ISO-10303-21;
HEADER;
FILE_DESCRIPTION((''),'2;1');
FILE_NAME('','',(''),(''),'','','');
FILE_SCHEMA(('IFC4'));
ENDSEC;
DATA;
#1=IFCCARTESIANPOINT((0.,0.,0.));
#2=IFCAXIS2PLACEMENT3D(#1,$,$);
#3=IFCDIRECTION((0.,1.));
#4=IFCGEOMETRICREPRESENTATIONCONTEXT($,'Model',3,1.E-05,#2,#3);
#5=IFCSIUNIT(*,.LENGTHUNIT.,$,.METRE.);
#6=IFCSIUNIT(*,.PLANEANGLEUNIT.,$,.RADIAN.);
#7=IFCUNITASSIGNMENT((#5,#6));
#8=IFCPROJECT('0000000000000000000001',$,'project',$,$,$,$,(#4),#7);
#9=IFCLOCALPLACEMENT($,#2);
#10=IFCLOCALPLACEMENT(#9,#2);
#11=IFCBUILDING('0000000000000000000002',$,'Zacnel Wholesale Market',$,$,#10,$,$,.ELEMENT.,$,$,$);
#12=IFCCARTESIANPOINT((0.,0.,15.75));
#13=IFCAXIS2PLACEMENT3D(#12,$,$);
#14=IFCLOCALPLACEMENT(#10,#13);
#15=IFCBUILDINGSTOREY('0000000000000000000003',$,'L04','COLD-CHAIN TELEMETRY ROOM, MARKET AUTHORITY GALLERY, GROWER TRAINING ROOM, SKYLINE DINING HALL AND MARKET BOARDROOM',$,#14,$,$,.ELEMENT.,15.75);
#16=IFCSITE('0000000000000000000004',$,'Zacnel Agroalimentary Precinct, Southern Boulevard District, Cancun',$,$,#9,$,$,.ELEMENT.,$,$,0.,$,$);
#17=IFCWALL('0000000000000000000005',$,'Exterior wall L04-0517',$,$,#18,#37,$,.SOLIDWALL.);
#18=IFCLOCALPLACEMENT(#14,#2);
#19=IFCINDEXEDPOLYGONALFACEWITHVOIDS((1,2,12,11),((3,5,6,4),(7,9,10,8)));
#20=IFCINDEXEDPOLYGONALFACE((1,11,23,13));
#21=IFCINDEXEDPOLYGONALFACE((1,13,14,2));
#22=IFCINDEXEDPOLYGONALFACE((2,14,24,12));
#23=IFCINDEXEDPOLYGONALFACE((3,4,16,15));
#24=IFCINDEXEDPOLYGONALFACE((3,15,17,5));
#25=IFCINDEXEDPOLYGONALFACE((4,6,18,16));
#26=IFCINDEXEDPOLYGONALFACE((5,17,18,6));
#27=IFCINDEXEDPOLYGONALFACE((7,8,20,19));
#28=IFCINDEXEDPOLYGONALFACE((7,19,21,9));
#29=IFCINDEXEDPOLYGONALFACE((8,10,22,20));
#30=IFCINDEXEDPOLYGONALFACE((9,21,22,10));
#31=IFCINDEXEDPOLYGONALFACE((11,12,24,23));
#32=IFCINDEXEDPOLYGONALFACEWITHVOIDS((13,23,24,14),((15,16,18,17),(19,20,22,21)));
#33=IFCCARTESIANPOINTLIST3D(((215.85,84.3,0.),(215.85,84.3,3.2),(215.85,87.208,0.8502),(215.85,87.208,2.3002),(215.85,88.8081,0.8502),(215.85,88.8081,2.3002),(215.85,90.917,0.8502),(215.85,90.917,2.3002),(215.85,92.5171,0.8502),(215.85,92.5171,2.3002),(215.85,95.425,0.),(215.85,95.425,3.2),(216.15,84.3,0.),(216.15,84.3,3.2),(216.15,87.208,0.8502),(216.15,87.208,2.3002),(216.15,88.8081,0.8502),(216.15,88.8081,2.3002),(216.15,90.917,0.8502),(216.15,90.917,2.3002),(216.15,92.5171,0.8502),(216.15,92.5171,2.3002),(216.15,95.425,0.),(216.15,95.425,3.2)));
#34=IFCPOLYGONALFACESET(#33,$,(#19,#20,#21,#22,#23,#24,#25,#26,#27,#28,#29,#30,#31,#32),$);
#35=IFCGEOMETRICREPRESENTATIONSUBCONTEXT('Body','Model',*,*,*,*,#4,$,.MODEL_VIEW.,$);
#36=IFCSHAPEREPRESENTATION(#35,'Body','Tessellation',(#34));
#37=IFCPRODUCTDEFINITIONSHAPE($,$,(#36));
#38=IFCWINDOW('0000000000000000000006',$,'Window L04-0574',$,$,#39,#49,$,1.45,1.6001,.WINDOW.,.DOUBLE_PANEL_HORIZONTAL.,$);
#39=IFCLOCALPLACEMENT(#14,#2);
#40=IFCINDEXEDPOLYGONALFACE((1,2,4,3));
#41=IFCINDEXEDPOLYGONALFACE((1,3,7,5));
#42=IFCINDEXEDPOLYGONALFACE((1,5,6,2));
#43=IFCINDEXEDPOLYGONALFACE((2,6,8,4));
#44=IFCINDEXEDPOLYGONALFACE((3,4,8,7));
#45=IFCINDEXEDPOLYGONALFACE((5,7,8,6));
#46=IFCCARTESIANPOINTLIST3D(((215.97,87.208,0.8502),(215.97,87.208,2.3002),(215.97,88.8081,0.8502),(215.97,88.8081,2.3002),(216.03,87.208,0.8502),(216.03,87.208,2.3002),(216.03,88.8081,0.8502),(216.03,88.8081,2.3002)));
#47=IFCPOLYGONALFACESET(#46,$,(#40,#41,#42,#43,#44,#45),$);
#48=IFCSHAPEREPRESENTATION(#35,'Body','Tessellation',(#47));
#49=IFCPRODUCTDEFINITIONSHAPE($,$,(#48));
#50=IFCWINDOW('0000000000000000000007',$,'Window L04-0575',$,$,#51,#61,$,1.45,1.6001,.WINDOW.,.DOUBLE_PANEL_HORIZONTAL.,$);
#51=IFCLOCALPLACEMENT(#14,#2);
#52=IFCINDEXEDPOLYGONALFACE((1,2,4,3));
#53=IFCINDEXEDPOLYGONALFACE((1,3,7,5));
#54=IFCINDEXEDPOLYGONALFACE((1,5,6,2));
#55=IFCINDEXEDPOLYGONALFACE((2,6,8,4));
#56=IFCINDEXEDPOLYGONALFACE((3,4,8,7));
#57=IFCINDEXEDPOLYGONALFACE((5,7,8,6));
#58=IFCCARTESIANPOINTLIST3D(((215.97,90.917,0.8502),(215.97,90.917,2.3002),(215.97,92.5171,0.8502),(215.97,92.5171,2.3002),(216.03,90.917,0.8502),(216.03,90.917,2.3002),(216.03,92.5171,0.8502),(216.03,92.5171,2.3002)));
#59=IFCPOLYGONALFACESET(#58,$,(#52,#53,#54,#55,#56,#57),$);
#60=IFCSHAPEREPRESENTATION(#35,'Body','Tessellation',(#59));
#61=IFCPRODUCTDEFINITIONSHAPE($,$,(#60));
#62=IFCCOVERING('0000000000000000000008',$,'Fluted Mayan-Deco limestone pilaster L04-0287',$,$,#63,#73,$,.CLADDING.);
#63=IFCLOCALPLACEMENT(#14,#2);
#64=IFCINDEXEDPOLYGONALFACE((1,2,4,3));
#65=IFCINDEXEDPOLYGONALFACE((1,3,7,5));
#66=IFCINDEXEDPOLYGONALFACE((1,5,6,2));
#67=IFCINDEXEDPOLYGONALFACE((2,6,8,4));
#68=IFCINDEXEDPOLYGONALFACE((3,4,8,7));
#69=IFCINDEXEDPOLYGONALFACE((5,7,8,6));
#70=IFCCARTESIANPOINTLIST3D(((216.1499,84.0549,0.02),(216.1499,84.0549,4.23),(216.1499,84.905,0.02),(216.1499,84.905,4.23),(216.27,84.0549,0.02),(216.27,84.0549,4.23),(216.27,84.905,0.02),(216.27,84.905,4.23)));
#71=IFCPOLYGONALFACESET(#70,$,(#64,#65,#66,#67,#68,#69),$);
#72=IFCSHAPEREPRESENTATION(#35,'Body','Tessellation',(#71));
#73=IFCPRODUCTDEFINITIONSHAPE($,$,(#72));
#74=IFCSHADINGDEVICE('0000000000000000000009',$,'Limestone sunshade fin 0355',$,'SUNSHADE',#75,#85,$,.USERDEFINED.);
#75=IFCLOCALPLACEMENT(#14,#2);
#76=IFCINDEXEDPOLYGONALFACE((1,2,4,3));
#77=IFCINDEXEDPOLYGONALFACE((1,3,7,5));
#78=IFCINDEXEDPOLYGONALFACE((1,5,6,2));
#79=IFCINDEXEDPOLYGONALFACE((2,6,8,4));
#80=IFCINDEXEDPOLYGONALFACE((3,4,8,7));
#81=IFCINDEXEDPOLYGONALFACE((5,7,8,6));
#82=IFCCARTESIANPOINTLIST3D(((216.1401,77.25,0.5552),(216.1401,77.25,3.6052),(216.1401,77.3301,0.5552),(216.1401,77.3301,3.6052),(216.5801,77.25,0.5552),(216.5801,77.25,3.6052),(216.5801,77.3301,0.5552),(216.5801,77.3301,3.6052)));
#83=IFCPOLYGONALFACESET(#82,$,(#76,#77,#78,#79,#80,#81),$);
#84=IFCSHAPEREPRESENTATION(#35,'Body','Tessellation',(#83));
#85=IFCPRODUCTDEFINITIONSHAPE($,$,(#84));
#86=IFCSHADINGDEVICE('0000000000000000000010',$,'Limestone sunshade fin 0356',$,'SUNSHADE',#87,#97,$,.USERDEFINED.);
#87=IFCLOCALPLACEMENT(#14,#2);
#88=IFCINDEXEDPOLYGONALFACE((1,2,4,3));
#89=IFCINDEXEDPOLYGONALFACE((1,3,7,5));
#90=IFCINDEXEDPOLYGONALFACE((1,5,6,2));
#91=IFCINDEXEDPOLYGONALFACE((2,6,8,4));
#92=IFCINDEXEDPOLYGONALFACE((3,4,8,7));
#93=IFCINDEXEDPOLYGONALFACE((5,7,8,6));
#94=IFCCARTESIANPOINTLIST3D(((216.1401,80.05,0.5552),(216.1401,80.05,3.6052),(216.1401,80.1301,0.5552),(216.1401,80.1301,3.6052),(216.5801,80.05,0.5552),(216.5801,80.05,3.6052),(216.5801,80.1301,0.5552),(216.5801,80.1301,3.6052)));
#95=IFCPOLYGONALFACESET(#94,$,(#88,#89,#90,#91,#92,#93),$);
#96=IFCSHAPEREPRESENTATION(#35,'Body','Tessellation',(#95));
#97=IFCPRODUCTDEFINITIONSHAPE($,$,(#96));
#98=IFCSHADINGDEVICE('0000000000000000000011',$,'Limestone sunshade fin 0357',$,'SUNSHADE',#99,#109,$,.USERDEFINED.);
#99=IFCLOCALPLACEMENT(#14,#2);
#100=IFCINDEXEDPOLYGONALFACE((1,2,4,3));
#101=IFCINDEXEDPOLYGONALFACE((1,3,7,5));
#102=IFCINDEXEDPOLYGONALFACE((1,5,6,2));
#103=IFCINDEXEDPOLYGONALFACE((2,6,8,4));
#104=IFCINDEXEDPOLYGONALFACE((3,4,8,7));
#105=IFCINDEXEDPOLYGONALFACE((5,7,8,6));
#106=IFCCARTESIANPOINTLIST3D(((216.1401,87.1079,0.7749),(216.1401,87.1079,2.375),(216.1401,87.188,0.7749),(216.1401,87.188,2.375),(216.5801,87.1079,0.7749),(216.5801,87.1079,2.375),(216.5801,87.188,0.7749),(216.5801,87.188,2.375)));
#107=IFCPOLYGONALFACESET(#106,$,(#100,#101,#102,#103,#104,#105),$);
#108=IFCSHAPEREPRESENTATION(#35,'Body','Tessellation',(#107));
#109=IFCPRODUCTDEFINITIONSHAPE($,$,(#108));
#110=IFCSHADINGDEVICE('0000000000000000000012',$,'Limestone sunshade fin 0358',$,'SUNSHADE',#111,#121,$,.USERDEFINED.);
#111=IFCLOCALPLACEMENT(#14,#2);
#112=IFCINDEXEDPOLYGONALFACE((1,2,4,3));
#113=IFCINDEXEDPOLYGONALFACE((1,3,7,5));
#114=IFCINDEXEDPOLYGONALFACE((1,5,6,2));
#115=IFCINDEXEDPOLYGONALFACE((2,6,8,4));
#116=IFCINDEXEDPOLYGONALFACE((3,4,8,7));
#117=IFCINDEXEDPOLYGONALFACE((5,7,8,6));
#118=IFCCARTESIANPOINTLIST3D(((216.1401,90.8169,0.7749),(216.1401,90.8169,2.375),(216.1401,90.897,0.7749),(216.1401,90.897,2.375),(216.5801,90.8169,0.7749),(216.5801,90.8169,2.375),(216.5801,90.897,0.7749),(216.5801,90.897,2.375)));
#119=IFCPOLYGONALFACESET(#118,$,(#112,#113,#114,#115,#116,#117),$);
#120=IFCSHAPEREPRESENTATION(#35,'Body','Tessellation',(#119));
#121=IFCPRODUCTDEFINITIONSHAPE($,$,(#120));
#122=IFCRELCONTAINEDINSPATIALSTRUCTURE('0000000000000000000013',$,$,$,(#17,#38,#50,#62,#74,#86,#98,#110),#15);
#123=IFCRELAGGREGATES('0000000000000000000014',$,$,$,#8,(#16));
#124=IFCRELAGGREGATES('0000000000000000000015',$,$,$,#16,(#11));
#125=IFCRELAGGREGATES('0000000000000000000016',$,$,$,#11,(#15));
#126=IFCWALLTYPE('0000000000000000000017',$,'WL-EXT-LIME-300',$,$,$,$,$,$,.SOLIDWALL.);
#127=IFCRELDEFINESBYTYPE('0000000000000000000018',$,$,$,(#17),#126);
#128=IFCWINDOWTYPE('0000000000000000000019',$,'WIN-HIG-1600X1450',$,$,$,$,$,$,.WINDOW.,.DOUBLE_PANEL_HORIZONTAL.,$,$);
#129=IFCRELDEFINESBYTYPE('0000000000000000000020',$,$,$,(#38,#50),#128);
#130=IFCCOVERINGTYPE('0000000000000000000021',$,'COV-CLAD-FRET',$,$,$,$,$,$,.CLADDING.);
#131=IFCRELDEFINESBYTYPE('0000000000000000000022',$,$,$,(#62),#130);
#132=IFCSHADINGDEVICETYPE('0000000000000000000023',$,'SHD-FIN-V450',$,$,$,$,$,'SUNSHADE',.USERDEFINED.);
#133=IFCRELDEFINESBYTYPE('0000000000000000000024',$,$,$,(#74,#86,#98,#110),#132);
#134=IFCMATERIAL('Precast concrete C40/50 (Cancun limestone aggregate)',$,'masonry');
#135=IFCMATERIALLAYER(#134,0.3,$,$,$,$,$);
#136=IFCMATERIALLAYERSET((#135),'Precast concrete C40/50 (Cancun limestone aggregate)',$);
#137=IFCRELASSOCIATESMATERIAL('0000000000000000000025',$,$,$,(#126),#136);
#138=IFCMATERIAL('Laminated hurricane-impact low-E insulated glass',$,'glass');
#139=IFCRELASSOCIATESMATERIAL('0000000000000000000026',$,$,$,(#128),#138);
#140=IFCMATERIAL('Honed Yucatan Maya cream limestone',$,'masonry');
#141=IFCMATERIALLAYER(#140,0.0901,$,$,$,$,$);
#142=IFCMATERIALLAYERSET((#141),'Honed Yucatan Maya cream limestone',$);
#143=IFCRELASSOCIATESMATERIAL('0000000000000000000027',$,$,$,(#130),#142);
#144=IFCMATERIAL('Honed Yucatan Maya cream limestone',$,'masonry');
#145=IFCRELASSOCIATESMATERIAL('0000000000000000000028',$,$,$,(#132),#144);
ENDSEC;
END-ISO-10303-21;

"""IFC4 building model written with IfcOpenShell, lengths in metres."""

from ifc_helpers import new_model, si_unit, direction, frame, frame_2d, origin, origin_2d, place, context, subcontext, project, spatial, rectangle, extrude, material, layer, layer_set, type_object, element, fill, save


model = new_model("IFC4")

# Units and contexts
model_context = context("Model", 3, precision=1e-05, world=origin(), true_north=direction((0.0, 1.0)))
body_context = subcontext(model_context, "Body", "Model", "MODEL_VIEW")
ifc_project = project(units=[si_unit("LENGTHUNIT", "METRE"), si_unit("PLANEANGLEUNIT", "RADIAN")], contexts=[model_context])

# Site, building, storey
site_placement = place(None, origin())
site = spatial("IfcSite", under=ifc_project, at=site_placement, Name="Zacnel Agroalimentary Precinct, Southern Boulevard District, Cancun", CompositionType="ELEMENT", RefElevation=0.0)
building_placement = place(site_placement, origin())
building = spatial("IfcBuilding", under=site, at=building_placement, Name="Zacnel Wholesale Market", CompositionType="ELEMENT")
storey_placement = place(building_placement, frame((0.0, 0.0, 15.75)))
storey = spatial("IfcBuildingStorey", under=building, at=storey_placement, Name="L04", Description="COLD-CHAIN TELEMETRY ROOM, MARKET AUTHORITY GALLERY, GROWER TRAINING ROOM, SKYLINE DINING HALL AND MARKET BOARDROOM", CompositionType="ELEMENT", Elevation=15.75)

# Wall, openings, windows
ifc_material_1 = material(Name="Precast concrete C40/50 (Cancun limestone aggregate)", Category="masonry")
ifc_layer_1 = layer(ifc_material_1, 0.3)
ifc_layer_set_1 = layer_set([ifc_layer_1], Name="Precast concrete C40/50 (Cancun limestone aggregate)")
wall_type = type_object("IfcWallType", Name="WL-EXT-LIME-300", PredefinedType="SOLIDWALL", material=ifc_layer_set_1)
ifc_material_2 = material(Name="Laminated hurricane-impact low-E insulated glass", Category="glass")
window_type = type_object("IfcWindowType", Name="WIN-HIG-1600X1450", PartitioningType="DOUBLE_PANEL_HORIZONTAL", PredefinedType="WINDOW", material=ifc_material_2)
wall_1_placement = place(storey_placement, frame((216.0, 84.3, 0.0), z_axis=(0.0, 0.0, 1.0), x_axis=(0.0, 1.0, 0.0)))
wall_1 = element("IfcWall", 1, at=wall_1_placement, inside=storey, type_object=wall_type, Name="Exterior wall L04-0517", PredefinedType="SOLIDWALL", context=body_context, shape_type="SweptSolid", body=[
    extrude(rectangle(XDim=11.125, YDim=0.3, at=frame_2d((5.5625, 0.0))), origin(), (0.0, 0.0, 1.0), 3.2),
])
opening_1_placement = place(wall_1_placement, frame((2.908, 0.0, 0.8501)))
opening_1 = element("IfcOpeningElement", 2, at=opening_1_placement, cuts=wall_1, PredefinedType="OPENING", context=body_context, shape_type="SweptSolid", body=[
    extrude(rectangle(XDim=1.6001, YDim=1.45, at=frame_2d((0.8, 0.7251))), frame((0.0, 0.1599, 0.0), z_axis=(0.0, -1.0, 0.0), x_axis=(1.0, 0.0, 0.0)), (0.0, 0.0, 1.0), 0.3201),
])
opening_2_placement = place(wall_1_placement, frame((6.6169, 0.0, 0.8501)))
opening_2 = element("IfcOpeningElement", 3, at=opening_2_placement, cuts=wall_1, PredefinedType="OPENING", context=body_context, shape_type="SweptSolid", body=[
    extrude(rectangle(XDim=1.6001, YDim=1.45, at=frame_2d((0.8, 0.7251))), frame((0.0, 0.1599, 0.0), z_axis=(0.0, -1.0, 0.0), x_axis=(1.0, 0.0, 0.0)), (0.0, 0.0, 1.0), 0.3201),
])
window_1_placement = place(opening_1_placement, origin())
window_1 = element("IfcWindow", 4, at=window_1_placement, inside=storey, type_object=window_type, Name="Window L04-0574", OverallHeight=1.45, OverallWidth=1.6001, PartitioningType="DOUBLE_PANEL_HORIZONTAL", PredefinedType="WINDOW", context=body_context, shape_type="SweptSolid", body=[
    extrude(rectangle(XDim=1.6001, YDim=1.45, at=frame_2d((0.8, 0.7251))), frame((0.0, 0.03, 0.0), z_axis=(0.0, -1.0, 0.0), x_axis=(1.0, 0.0, 0.0)), (0.0, 0.0, 1.0), 0.0601),
])
fill(opening_1, window_1)
window_2_placement = place(opening_2_placement, origin())
window_2 = element("IfcWindow", 5, at=window_2_placement, inside=storey, type_object=window_type, Name="Window L04-0575", OverallHeight=1.45, OverallWidth=1.6001, PartitioningType="DOUBLE_PANEL_HORIZONTAL", PredefinedType="WINDOW", context=body_context, shape_type="SweptSolid", body=[
    extrude(rectangle(XDim=1.6001, YDim=1.45, at=frame_2d((0.8, 0.7251))), frame((0.0, 0.03, 0.0), z_axis=(0.0, -1.0, 0.0), x_axis=(1.0, 0.0, 0.0)), (0.0, 0.0, 1.0), 0.0601),
])
fill(opening_2, window_2)

# Covering
ifc_material_3 = material(Name="Honed Yucatan Maya cream limestone", Category="masonry")
ifc_layer_2 = layer(ifc_material_3, 0.0901)
ifc_layer_set_2 = layer_set([ifc_layer_2], Name="Honed Yucatan Maya cream limestone")
covering_type = type_object("IfcCoveringType", Name="COV-CLAD-FRET", PredefinedType="CLADDING", material=ifc_layer_set_2)
covering_placement = place(storey_placement, frame((216.21, 84.48, 0.02), z_axis=(0.0, 0.0, 1.0), x_axis=(0.0, 1.0, 0.0)))
element("IfcCovering", 6, at=covering_placement, inside=storey, type_object=covering_type, Name="Fluted Mayan-Deco limestone pilaster L04-0287", PredefinedType="CLADDING", context=body_context, shape_type="SweptSolid", body=[
    extrude(rectangle(XDim=0.8501, YDim=0.1201, at=origin_2d()), origin(), (0.0, 0.0, 1.0), 4.21),
])

# Shading devices
ifc_material_4 = material(Name="Honed Yucatan Maya cream limestone", Category="masonry")
shading_device_type = type_object("IfcShadingDeviceType", Name="SHD-FIN-V450", ElementType="SUNSHADE", PredefinedType="USERDEFINED", material=ifc_material_4)
for number, where, z_axis, x_axis, name in (
    (7, (216.3601, 77.29, 0.5552), (0.0, 0.0, 1.0), (0.0, 1.0, 0.0), "Limestone sunshade fin 0355"),
    (8, (216.3601, 80.0901, 0.5552), (0.0, 0.0, 1.0), (0.0, 1.0, 0.0), "Limestone sunshade fin 0356"),
):
    element("IfcShadingDevice", number, at=place(storey_placement, frame(where, z_axis=z_axis, x_axis=x_axis)), inside=storey, type_object=shading_device_type, Name=name, ObjectType="SUNSHADE", PredefinedType="USERDEFINED", context=body_context, shape_type="SweptSolid", body=[
        extrude(rectangle(XDim=0.0801, YDim=0.4399, at=origin_2d()), origin(), (0.0, 0.0, 1.0), 3.05),
    ])
for number, where, z_axis, x_axis, name in (
    (9, (216.3601, 87.1479, 0.7749), (0.0, 0.0, 1.0), (0.0, 1.0, 0.0), "Limestone sunshade fin 0357"),
    (10, (216.3601, 90.8569, 0.7749), (0.0, 0.0, 1.0), (0.0, 1.0, 0.0), "Limestone sunshade fin 0358"),
):
    element("IfcShadingDevice", number, at=place(storey_placement, frame(where, z_axis=z_axis, x_axis=x_axis)), inside=storey, type_object=shading_device_type, Name=name, ObjectType="SUNSHADE", PredefinedType="USERDEFINED", context=body_context, shape_type="SweptSolid", body=[
        extrude(rectangle(XDim=0.0801, YDim=0.4399, at=origin_2d()), origin(), (0.0, 0.0, 1.0), 1.6001),
    ])

save(model, "model.ifc")
